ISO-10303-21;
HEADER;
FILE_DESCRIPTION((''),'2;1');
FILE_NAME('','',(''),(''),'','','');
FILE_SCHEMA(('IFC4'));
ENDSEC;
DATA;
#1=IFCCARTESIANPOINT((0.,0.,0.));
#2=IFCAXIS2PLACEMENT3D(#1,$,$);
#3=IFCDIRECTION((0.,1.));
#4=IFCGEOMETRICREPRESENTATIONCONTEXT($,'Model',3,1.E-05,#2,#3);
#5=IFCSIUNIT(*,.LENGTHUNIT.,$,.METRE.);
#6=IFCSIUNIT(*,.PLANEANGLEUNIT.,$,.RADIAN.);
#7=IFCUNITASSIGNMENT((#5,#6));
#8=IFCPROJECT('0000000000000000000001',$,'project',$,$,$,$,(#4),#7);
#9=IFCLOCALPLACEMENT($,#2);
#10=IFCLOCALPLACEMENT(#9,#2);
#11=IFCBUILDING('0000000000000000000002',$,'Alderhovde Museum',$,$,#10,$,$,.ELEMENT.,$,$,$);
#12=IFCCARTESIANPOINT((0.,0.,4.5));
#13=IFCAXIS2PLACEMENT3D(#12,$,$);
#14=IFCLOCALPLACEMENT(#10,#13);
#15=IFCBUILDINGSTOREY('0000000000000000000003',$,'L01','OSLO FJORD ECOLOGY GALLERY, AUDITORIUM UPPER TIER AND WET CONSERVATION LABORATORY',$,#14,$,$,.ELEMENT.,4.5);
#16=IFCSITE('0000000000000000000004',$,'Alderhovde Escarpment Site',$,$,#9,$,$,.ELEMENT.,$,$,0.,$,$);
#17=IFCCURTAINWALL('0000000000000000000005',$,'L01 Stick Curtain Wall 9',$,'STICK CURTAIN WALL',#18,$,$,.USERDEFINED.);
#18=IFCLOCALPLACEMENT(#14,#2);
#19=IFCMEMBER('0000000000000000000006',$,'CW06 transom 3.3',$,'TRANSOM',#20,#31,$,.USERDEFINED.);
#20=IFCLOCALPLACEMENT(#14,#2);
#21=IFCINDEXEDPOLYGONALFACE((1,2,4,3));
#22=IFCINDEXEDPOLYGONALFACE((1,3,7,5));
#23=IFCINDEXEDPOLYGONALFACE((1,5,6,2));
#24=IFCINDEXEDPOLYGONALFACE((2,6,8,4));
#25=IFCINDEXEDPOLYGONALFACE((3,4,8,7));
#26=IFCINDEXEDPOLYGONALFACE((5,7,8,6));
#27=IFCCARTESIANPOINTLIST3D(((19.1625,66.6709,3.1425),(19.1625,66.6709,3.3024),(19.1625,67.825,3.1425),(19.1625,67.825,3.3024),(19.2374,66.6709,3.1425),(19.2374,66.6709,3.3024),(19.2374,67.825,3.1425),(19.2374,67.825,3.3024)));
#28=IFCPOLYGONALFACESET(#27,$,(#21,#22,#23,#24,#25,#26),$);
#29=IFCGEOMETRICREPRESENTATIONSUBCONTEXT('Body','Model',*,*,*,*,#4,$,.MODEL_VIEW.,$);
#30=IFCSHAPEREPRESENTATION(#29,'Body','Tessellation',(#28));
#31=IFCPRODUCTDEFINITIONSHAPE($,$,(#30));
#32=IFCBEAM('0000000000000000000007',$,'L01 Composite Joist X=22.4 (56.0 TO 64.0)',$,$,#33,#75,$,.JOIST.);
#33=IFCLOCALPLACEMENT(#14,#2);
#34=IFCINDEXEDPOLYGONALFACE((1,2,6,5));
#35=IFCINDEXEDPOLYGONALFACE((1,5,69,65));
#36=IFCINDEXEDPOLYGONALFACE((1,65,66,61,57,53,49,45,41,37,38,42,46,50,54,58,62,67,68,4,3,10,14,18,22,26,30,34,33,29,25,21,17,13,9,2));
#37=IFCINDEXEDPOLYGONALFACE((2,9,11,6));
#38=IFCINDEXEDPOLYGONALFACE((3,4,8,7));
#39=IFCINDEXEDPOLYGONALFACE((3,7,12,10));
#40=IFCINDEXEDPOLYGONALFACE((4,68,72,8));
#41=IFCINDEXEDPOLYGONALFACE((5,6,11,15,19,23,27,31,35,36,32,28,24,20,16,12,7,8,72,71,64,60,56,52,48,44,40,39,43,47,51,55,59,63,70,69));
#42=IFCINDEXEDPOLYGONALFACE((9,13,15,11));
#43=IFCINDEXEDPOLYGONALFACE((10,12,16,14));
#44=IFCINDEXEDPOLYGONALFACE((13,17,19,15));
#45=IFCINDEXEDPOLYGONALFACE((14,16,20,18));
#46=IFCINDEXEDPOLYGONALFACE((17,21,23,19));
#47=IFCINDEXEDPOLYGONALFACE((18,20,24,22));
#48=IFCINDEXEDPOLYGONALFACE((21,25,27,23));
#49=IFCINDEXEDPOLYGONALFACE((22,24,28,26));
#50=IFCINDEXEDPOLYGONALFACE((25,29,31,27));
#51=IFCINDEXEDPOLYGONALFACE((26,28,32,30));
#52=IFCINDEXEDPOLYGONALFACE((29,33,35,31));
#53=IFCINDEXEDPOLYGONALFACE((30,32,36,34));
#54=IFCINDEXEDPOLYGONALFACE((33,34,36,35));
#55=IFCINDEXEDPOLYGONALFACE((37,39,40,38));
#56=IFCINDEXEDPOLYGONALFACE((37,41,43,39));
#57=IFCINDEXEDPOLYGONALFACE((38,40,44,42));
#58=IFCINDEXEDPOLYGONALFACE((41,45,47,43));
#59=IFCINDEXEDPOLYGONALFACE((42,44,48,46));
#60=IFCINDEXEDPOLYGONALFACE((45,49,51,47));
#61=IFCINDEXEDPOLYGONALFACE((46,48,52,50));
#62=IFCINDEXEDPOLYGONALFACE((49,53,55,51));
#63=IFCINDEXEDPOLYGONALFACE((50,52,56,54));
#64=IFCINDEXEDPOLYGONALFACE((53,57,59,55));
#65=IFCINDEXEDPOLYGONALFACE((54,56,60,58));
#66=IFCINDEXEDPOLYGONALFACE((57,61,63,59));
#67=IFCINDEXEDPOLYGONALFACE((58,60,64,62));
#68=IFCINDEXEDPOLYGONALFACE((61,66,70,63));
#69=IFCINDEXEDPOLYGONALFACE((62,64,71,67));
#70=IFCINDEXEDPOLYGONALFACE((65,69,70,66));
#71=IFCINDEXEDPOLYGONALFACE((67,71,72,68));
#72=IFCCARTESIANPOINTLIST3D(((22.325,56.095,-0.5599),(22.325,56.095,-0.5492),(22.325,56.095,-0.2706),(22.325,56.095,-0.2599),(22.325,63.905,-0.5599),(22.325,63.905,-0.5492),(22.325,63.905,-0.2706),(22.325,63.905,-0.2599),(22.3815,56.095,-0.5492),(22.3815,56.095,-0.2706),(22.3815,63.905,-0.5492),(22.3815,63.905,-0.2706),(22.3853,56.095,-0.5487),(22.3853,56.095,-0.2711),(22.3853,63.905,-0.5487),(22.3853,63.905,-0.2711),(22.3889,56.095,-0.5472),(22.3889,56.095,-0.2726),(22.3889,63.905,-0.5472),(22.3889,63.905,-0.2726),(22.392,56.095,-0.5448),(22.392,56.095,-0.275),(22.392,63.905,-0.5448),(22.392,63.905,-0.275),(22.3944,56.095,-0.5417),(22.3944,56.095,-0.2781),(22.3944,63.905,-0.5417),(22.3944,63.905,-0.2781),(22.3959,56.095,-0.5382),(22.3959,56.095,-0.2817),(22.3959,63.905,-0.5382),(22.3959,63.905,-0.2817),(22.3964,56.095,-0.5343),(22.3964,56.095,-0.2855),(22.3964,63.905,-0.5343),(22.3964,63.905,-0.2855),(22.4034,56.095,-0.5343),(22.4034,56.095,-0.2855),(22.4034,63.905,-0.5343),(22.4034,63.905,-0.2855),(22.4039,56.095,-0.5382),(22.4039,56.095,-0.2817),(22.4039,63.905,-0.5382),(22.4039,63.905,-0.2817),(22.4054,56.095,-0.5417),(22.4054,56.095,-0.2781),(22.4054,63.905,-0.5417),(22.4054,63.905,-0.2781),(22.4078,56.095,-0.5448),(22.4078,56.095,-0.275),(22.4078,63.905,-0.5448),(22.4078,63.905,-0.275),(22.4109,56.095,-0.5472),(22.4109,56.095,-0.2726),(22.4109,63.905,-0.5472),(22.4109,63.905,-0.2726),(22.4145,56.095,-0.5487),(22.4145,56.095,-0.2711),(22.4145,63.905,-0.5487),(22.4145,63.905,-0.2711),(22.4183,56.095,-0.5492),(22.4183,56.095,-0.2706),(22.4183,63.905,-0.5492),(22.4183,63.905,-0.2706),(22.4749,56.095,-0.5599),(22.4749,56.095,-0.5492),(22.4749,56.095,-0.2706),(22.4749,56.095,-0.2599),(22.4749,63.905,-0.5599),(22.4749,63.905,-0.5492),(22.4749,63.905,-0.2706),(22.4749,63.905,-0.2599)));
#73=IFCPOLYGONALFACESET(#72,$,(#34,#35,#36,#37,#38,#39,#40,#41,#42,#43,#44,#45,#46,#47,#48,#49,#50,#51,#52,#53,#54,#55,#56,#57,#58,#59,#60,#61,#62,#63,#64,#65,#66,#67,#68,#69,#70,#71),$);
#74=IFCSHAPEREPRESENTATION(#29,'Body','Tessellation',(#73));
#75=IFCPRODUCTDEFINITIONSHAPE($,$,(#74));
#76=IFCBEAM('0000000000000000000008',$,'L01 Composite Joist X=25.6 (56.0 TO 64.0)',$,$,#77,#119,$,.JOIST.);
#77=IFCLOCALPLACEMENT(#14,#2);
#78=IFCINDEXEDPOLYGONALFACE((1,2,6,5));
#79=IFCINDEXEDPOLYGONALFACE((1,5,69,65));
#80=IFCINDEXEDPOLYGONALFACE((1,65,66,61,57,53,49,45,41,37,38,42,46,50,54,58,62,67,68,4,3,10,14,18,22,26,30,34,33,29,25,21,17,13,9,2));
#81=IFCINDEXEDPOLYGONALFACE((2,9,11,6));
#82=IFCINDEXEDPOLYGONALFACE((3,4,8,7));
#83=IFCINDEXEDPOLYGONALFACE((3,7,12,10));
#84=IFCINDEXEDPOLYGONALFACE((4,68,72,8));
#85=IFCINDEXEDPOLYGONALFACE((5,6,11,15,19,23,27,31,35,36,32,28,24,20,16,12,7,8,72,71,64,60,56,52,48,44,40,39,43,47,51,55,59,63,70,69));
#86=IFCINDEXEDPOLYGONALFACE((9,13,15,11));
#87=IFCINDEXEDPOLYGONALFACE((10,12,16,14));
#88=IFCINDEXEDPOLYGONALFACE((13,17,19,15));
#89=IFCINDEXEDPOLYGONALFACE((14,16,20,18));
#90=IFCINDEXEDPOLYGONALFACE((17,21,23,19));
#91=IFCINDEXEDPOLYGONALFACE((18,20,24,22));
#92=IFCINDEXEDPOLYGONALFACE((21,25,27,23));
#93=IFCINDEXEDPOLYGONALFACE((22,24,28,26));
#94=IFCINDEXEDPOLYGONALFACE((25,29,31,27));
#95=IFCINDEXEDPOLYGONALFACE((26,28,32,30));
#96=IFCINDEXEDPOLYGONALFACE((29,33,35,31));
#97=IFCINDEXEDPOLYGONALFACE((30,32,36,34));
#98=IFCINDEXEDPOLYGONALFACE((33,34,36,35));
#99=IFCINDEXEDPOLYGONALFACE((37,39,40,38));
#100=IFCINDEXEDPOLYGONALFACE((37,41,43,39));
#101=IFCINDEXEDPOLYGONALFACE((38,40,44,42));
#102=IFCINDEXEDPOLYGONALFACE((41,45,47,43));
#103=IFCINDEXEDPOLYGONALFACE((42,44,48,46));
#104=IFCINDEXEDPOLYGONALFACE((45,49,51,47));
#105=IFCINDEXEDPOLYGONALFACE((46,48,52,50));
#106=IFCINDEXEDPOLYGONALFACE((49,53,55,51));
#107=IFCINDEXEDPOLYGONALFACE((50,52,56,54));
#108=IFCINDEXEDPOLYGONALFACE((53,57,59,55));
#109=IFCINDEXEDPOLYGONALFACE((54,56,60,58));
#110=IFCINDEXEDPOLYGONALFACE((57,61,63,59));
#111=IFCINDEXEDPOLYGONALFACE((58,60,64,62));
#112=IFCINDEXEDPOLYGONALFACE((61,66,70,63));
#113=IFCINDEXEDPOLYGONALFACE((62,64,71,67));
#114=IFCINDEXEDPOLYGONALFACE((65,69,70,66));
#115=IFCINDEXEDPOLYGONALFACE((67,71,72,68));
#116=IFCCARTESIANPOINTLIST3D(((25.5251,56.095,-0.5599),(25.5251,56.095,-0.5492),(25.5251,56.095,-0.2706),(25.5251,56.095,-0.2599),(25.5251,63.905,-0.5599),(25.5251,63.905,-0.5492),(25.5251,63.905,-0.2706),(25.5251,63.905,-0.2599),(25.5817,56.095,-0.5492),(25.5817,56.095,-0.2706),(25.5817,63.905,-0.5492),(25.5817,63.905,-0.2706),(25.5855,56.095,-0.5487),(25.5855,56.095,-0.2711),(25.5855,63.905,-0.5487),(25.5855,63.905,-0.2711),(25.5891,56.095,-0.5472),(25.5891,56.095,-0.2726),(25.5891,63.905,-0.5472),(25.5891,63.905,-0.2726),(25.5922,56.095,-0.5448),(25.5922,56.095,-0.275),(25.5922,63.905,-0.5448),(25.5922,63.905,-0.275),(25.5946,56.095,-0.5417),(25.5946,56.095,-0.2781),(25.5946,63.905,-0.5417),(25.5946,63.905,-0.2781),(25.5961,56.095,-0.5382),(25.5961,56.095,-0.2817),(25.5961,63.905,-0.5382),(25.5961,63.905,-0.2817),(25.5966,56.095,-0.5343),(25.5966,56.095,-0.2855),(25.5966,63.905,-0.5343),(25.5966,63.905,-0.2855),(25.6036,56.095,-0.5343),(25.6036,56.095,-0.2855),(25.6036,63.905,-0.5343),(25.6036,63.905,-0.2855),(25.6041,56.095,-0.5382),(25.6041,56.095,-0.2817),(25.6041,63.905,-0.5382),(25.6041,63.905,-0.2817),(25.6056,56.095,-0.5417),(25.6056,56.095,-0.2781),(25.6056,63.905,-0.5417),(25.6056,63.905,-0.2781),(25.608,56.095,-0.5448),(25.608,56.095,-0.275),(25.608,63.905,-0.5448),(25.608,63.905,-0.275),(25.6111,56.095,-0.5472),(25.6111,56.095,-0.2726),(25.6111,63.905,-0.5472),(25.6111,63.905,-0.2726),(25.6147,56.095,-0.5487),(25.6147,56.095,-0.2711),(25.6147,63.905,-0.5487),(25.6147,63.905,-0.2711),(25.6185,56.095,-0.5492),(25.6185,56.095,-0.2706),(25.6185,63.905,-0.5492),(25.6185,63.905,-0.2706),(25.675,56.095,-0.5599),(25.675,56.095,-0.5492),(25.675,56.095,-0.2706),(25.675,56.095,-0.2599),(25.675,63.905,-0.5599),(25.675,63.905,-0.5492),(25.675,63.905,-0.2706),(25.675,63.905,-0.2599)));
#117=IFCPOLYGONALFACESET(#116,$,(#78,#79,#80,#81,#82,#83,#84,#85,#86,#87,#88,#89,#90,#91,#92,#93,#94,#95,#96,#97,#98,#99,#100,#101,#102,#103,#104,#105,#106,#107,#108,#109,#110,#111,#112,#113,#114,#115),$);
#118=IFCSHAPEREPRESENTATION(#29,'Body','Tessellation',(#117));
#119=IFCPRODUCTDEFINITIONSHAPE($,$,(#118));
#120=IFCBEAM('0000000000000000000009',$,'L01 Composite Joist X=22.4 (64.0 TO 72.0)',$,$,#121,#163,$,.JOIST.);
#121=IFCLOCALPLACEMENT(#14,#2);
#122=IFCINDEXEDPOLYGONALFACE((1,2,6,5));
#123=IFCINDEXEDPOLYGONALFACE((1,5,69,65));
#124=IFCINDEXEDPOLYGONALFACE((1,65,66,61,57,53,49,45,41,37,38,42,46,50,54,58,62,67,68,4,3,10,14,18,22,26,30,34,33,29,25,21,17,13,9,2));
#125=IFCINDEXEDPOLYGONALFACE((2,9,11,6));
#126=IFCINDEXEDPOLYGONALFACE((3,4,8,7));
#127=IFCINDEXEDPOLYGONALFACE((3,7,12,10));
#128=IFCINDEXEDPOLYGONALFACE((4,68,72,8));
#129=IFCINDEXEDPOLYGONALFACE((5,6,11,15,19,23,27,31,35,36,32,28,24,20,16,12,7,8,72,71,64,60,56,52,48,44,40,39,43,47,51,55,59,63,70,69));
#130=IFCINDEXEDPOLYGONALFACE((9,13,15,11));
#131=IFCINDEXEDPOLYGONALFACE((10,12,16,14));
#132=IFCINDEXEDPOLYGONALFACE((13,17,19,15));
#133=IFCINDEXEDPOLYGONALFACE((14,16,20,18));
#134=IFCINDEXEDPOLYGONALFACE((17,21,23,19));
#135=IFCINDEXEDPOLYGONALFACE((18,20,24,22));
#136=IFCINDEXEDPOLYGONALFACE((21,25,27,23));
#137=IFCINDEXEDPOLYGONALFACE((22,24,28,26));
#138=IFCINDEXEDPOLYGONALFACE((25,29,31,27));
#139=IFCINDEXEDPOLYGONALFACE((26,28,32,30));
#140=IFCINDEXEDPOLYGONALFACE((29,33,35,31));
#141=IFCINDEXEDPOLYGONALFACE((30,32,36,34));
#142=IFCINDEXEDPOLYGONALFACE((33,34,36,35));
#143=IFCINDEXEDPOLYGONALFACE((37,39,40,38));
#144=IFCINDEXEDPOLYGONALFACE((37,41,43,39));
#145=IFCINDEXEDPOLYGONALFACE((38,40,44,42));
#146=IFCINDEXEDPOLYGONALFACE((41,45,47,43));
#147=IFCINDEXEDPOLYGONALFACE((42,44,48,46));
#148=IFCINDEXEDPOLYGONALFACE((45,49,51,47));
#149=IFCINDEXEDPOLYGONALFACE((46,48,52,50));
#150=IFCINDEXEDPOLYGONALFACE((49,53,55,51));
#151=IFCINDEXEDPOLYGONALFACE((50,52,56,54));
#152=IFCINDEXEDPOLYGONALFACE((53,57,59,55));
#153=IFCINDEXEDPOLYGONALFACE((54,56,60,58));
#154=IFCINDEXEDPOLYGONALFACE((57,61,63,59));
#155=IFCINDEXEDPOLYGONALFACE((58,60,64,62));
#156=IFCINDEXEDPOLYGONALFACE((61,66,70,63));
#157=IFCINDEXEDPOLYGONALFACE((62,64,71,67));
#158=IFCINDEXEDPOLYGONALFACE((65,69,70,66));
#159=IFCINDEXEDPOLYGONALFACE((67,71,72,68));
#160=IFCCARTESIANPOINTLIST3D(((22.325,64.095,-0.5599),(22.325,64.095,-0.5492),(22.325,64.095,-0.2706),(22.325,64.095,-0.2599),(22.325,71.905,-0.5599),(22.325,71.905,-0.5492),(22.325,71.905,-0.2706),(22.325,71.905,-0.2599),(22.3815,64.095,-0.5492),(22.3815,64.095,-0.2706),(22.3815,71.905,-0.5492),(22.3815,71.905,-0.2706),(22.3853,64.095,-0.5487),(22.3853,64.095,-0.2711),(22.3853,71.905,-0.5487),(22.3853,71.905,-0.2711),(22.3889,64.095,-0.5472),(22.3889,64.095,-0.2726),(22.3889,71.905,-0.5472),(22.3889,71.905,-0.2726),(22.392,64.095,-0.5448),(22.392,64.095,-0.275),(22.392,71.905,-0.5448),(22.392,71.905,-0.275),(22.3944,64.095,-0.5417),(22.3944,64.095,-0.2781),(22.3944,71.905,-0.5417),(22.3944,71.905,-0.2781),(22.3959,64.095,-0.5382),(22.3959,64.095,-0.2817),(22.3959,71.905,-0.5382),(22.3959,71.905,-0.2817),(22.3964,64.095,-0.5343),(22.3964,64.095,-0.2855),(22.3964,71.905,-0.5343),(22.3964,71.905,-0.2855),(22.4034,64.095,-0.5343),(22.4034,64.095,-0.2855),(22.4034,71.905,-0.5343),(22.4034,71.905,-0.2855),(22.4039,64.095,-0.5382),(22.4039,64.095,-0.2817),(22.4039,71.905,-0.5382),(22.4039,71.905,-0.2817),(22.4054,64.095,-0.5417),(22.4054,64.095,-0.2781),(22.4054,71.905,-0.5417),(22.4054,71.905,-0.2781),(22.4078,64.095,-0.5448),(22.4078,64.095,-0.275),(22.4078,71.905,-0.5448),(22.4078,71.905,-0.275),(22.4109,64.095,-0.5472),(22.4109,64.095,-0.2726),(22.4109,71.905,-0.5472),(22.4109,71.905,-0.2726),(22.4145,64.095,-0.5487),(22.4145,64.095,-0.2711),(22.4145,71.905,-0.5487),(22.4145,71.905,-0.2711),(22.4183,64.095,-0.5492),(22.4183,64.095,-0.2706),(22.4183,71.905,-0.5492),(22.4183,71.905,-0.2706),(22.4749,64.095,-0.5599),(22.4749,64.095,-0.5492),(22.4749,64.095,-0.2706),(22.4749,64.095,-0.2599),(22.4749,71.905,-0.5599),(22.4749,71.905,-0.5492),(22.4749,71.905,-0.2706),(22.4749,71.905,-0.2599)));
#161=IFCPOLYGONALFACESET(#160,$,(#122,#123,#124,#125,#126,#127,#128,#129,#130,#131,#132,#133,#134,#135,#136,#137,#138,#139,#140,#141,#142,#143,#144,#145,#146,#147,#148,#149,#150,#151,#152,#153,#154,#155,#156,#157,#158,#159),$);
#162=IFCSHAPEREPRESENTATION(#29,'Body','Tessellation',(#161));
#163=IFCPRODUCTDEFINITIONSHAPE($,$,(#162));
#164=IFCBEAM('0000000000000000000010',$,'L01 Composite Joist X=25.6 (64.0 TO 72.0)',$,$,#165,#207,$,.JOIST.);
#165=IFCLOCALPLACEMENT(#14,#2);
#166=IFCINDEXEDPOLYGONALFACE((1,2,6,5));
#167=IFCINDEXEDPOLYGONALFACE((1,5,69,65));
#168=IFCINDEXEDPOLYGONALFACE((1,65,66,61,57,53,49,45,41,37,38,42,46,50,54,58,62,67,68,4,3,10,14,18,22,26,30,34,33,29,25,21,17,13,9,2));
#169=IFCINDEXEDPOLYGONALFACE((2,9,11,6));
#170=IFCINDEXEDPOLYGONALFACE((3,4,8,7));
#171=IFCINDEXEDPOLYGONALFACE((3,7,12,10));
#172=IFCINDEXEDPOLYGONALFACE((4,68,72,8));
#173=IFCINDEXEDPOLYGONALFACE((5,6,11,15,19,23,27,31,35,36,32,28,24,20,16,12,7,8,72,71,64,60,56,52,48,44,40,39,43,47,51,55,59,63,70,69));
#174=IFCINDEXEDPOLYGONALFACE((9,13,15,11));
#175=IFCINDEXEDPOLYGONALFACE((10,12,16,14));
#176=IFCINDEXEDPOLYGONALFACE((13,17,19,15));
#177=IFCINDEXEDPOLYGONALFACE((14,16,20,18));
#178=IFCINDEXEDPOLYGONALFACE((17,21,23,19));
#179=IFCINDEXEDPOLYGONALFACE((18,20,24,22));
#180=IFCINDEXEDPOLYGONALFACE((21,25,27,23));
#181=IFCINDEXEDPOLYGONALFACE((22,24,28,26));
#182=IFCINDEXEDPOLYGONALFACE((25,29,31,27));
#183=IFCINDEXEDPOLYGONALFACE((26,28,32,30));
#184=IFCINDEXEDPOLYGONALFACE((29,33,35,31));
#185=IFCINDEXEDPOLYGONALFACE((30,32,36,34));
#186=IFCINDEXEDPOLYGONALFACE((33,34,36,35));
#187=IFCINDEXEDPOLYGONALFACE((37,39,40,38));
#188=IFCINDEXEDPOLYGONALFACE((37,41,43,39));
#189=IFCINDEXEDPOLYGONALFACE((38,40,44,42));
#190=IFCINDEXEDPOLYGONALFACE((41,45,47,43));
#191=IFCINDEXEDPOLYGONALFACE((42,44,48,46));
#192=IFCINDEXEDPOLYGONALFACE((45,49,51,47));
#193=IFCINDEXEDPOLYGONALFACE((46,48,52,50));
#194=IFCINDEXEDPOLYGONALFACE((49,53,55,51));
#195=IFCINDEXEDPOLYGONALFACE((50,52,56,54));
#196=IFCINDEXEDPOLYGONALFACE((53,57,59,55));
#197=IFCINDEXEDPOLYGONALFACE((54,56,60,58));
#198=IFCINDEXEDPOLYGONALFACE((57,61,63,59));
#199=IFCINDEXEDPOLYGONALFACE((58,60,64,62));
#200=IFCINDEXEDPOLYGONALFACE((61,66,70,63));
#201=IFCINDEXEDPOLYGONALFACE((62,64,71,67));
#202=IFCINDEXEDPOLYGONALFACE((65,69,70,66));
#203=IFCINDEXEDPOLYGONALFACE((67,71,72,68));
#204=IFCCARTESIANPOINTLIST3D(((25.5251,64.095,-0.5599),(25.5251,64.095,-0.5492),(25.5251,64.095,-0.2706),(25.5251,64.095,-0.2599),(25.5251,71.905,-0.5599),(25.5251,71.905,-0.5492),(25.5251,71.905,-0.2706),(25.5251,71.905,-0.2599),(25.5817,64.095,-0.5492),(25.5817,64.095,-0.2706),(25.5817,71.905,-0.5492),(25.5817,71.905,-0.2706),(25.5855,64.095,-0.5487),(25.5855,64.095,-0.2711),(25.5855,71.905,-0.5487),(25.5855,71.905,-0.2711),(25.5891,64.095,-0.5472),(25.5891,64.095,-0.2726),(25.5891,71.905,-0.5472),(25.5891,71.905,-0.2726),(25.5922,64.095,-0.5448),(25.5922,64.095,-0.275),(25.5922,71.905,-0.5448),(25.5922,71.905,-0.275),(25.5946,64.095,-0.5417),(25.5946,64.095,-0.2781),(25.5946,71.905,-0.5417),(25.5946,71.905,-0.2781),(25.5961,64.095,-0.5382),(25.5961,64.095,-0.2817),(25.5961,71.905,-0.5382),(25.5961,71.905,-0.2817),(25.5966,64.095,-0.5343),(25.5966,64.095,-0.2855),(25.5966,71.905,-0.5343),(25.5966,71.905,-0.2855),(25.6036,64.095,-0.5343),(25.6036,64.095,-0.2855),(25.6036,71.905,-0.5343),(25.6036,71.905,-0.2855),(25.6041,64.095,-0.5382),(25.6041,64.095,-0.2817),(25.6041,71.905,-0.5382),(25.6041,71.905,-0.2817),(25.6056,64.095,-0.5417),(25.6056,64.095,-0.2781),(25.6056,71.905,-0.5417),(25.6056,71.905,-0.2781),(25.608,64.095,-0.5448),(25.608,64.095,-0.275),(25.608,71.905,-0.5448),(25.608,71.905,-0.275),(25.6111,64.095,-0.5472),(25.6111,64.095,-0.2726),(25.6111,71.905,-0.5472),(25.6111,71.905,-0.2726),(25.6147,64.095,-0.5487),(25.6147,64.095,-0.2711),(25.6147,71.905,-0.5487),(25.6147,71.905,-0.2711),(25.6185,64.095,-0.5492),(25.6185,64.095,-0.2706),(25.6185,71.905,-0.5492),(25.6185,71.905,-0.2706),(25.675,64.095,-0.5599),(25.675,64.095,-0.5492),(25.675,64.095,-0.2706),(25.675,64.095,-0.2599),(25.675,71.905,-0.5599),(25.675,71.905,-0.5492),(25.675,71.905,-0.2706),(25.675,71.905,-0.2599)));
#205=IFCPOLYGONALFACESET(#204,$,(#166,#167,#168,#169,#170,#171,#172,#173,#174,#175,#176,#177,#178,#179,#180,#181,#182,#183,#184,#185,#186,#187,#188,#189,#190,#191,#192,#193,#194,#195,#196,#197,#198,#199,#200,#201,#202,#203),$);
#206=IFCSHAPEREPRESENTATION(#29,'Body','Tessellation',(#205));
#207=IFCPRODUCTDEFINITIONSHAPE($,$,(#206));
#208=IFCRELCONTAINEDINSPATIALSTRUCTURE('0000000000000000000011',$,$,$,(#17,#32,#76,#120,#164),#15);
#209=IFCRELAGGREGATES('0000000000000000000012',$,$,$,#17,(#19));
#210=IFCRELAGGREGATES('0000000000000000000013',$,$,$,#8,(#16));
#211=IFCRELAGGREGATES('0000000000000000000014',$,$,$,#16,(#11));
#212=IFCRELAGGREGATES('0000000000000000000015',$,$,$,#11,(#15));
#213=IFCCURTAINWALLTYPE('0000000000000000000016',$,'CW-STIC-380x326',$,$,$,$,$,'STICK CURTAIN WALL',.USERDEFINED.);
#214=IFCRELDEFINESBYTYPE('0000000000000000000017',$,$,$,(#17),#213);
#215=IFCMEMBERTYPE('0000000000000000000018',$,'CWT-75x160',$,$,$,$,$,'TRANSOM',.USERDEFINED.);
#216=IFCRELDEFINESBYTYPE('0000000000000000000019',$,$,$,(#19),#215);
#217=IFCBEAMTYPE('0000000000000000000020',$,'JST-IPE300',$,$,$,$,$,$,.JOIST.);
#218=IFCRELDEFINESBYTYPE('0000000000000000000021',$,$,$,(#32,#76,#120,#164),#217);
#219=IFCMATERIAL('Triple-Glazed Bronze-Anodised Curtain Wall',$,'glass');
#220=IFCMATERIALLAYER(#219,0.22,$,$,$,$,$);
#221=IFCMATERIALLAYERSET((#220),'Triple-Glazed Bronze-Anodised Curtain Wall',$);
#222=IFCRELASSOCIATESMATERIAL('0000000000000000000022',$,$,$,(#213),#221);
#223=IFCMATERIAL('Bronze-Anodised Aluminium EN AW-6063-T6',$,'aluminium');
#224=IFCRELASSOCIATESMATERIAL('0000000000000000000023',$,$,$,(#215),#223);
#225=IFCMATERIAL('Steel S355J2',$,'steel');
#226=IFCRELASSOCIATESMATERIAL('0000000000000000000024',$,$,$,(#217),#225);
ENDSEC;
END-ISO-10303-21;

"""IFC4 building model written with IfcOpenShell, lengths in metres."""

from ifc_helpers import new_model, si_unit, direction, frame, origin, origin_2d, place, context, subcontext, project, spatial, rectangle, i_section, extrude, material, layer, layer_set, material_profile, profile_set, type_object, element, aggregate, save


model = new_model("IFC4")

# Units and contexts
model_context = context("Model", 3, precision=1e-05, world=origin(), true_north=direction((0.0, 1.0)))
body_context = subcontext(model_context, "Body", "Model", "MODEL_VIEW")
ifc_project = project(units=[si_unit("LENGTHUNIT", "METRE"), si_unit("PLANEANGLEUNIT", "RADIAN")], contexts=[model_context])

# Site, building, storey
site_placement = place(None, origin())
site = spatial("IfcSite", under=ifc_project, at=site_placement, Name="Alderhovde Escarpment Site", CompositionType="ELEMENT", RefElevation=0.0)
building_placement = place(site_placement, origin())
building = spatial("IfcBuilding", under=site, at=building_placement, Name="Alderhovde Museum", CompositionType="ELEMENT")
storey_placement = place(building_placement, frame((0.0, 0.0, 4.5)))
storey = spatial("IfcBuildingStorey", under=building, at=storey_placement, Name="L01", Description="OSLO FJORD ECOLOGY GALLERY, AUDITORIUM UPPER TIER AND WET CONSERVATION LABORATORY", CompositionType="ELEMENT", Elevation=4.5)

# Curtain wall, member
ifc_material_1 = material(Name="Triple-Glazed Bronze-Anodised Curtain Wall", Category="glass")
ifc_layer_1 = layer(ifc_material_1, 0.22)
ifc_layer_set_1 = layer_set([ifc_layer_1], Name="Triple-Glazed Bronze-Anodised Curtain Wall")
curtain_wall_type = type_object("IfcCurtainWallType", Name="CW-STIC-380x326", ElementType="STICK CURTAIN WALL", PredefinedType="USERDEFINED", material=ifc_layer_set_1)
curtain_wall_placement = place(storey_placement, origin())
curtain_wall = element("IfcCurtainWall", 1, at=curtain_wall_placement, inside=storey, type_object=curtain_wall_type, Name="L01 Stick Curtain Wall 9", ObjectType="STICK CURTAIN WALL", PredefinedType="USERDEFINED")
ifc_material_2 = material(Name="Bronze-Anodised Aluminium EN AW-6063-T6", Category="aluminium")
ifc_material_profile_1 = material_profile(ifc_material_2, rectangle(XDim=0.075, YDim=0.1599, at=origin_2d()), Name="TRANSOM 75x160")
ifc_profile_set_1 = profile_set([ifc_material_profile_1], Name="Bronze-Anodised Aluminium EN AW-6063-T6")
member_type_1 = type_object("IfcMemberType", Name="CWT-75x160", ElementType="TRANSOM", PredefinedType="USERDEFINED", material=ifc_profile_set_1)
member_1_placement = place(storey_placement, frame((19.2, 66.6709, 3.2224), z_axis=(0.0, 1.0, 0.0), x_axis=(-1.0, 0.0, 0.0)))
member_1 = element("IfcMember", 2, at=member_1_placement, type_object=member_type_1, Name="CW06 transom 3.3", ObjectType="TRANSOM", PredefinedType="USERDEFINED", context=body_context, shape_type="SweptSolid", body=[
    extrude(rectangle(XDim=0.075, YDim=0.1599, at=origin_2d()), origin(), (0.0, 0.0, 1.0), 1.1541),
])

# Beams
ifc_material_3 = material(Name="Steel S355J2", Category="steel")
ifc_material_profile_2 = material_profile(ifc_material_3, i_section(OverallWidth=0.1499, OverallDepth=0.3, WebThickness=0.0071, FlangeThickness=0.0107, FilletRadius=0.0149, at=origin_2d()), Name="IPE 300")
ifc_profile_set_2 = profile_set([ifc_material_profile_2], Name="Steel S355J2")
beam_type_1 = type_object("IfcBeamType", Name="JST-IPE300", PredefinedType="JOIST", material=ifc_profile_set_2)
for number, where, z_axis, x_axis, name in (
    (3, (22.3999, 56.095, -0.4099), (0.0, 1.0, 0.0), (-1.0, 0.0, 0.0), "L01 Composite Joist X=22.4 (56.0 TO 64.0)"),
    (4, (25.6001, 56.095, -0.4099), (0.0, 1.0, 0.0), (-1.0, 0.0, 0.0), "L01 Composite Joist X=25.6 (56.0 TO 64.0)"),
    (5, (22.3999, 64.095, -0.4099), (0.0, 1.0, 0.0), (-1.0, 0.0, 0.0), "L01 Composite Joist X=22.4 (64.0 TO 72.0)"),
    (6, (25.6001, 64.095, -0.4099), (0.0, 1.0, 0.0), (-1.0, 0.0, 0.0), "L01 Composite Joist X=25.6 (64.0 TO 72.0)"),
):
    element("IfcBeam", number, at=place(storey_placement, frame(where, z_axis=z_axis, x_axis=x_axis)), inside=storey, type_object=beam_type_1, Name=name, PredefinedType="JOIST", context=body_context, shape_type="SweptSolid", body=[
        extrude(i_section(OverallWidth=0.1499, OverallDepth=0.3, WebThickness=0.0071, FlangeThickness=0.0107, FilletRadius=0.0149, at=origin_2d()), origin(), (0.0, 0.0, 1.0), 7.8101),
    ])

aggregate(curtain_wall, [member_1])

save(model, "model.ifc")
